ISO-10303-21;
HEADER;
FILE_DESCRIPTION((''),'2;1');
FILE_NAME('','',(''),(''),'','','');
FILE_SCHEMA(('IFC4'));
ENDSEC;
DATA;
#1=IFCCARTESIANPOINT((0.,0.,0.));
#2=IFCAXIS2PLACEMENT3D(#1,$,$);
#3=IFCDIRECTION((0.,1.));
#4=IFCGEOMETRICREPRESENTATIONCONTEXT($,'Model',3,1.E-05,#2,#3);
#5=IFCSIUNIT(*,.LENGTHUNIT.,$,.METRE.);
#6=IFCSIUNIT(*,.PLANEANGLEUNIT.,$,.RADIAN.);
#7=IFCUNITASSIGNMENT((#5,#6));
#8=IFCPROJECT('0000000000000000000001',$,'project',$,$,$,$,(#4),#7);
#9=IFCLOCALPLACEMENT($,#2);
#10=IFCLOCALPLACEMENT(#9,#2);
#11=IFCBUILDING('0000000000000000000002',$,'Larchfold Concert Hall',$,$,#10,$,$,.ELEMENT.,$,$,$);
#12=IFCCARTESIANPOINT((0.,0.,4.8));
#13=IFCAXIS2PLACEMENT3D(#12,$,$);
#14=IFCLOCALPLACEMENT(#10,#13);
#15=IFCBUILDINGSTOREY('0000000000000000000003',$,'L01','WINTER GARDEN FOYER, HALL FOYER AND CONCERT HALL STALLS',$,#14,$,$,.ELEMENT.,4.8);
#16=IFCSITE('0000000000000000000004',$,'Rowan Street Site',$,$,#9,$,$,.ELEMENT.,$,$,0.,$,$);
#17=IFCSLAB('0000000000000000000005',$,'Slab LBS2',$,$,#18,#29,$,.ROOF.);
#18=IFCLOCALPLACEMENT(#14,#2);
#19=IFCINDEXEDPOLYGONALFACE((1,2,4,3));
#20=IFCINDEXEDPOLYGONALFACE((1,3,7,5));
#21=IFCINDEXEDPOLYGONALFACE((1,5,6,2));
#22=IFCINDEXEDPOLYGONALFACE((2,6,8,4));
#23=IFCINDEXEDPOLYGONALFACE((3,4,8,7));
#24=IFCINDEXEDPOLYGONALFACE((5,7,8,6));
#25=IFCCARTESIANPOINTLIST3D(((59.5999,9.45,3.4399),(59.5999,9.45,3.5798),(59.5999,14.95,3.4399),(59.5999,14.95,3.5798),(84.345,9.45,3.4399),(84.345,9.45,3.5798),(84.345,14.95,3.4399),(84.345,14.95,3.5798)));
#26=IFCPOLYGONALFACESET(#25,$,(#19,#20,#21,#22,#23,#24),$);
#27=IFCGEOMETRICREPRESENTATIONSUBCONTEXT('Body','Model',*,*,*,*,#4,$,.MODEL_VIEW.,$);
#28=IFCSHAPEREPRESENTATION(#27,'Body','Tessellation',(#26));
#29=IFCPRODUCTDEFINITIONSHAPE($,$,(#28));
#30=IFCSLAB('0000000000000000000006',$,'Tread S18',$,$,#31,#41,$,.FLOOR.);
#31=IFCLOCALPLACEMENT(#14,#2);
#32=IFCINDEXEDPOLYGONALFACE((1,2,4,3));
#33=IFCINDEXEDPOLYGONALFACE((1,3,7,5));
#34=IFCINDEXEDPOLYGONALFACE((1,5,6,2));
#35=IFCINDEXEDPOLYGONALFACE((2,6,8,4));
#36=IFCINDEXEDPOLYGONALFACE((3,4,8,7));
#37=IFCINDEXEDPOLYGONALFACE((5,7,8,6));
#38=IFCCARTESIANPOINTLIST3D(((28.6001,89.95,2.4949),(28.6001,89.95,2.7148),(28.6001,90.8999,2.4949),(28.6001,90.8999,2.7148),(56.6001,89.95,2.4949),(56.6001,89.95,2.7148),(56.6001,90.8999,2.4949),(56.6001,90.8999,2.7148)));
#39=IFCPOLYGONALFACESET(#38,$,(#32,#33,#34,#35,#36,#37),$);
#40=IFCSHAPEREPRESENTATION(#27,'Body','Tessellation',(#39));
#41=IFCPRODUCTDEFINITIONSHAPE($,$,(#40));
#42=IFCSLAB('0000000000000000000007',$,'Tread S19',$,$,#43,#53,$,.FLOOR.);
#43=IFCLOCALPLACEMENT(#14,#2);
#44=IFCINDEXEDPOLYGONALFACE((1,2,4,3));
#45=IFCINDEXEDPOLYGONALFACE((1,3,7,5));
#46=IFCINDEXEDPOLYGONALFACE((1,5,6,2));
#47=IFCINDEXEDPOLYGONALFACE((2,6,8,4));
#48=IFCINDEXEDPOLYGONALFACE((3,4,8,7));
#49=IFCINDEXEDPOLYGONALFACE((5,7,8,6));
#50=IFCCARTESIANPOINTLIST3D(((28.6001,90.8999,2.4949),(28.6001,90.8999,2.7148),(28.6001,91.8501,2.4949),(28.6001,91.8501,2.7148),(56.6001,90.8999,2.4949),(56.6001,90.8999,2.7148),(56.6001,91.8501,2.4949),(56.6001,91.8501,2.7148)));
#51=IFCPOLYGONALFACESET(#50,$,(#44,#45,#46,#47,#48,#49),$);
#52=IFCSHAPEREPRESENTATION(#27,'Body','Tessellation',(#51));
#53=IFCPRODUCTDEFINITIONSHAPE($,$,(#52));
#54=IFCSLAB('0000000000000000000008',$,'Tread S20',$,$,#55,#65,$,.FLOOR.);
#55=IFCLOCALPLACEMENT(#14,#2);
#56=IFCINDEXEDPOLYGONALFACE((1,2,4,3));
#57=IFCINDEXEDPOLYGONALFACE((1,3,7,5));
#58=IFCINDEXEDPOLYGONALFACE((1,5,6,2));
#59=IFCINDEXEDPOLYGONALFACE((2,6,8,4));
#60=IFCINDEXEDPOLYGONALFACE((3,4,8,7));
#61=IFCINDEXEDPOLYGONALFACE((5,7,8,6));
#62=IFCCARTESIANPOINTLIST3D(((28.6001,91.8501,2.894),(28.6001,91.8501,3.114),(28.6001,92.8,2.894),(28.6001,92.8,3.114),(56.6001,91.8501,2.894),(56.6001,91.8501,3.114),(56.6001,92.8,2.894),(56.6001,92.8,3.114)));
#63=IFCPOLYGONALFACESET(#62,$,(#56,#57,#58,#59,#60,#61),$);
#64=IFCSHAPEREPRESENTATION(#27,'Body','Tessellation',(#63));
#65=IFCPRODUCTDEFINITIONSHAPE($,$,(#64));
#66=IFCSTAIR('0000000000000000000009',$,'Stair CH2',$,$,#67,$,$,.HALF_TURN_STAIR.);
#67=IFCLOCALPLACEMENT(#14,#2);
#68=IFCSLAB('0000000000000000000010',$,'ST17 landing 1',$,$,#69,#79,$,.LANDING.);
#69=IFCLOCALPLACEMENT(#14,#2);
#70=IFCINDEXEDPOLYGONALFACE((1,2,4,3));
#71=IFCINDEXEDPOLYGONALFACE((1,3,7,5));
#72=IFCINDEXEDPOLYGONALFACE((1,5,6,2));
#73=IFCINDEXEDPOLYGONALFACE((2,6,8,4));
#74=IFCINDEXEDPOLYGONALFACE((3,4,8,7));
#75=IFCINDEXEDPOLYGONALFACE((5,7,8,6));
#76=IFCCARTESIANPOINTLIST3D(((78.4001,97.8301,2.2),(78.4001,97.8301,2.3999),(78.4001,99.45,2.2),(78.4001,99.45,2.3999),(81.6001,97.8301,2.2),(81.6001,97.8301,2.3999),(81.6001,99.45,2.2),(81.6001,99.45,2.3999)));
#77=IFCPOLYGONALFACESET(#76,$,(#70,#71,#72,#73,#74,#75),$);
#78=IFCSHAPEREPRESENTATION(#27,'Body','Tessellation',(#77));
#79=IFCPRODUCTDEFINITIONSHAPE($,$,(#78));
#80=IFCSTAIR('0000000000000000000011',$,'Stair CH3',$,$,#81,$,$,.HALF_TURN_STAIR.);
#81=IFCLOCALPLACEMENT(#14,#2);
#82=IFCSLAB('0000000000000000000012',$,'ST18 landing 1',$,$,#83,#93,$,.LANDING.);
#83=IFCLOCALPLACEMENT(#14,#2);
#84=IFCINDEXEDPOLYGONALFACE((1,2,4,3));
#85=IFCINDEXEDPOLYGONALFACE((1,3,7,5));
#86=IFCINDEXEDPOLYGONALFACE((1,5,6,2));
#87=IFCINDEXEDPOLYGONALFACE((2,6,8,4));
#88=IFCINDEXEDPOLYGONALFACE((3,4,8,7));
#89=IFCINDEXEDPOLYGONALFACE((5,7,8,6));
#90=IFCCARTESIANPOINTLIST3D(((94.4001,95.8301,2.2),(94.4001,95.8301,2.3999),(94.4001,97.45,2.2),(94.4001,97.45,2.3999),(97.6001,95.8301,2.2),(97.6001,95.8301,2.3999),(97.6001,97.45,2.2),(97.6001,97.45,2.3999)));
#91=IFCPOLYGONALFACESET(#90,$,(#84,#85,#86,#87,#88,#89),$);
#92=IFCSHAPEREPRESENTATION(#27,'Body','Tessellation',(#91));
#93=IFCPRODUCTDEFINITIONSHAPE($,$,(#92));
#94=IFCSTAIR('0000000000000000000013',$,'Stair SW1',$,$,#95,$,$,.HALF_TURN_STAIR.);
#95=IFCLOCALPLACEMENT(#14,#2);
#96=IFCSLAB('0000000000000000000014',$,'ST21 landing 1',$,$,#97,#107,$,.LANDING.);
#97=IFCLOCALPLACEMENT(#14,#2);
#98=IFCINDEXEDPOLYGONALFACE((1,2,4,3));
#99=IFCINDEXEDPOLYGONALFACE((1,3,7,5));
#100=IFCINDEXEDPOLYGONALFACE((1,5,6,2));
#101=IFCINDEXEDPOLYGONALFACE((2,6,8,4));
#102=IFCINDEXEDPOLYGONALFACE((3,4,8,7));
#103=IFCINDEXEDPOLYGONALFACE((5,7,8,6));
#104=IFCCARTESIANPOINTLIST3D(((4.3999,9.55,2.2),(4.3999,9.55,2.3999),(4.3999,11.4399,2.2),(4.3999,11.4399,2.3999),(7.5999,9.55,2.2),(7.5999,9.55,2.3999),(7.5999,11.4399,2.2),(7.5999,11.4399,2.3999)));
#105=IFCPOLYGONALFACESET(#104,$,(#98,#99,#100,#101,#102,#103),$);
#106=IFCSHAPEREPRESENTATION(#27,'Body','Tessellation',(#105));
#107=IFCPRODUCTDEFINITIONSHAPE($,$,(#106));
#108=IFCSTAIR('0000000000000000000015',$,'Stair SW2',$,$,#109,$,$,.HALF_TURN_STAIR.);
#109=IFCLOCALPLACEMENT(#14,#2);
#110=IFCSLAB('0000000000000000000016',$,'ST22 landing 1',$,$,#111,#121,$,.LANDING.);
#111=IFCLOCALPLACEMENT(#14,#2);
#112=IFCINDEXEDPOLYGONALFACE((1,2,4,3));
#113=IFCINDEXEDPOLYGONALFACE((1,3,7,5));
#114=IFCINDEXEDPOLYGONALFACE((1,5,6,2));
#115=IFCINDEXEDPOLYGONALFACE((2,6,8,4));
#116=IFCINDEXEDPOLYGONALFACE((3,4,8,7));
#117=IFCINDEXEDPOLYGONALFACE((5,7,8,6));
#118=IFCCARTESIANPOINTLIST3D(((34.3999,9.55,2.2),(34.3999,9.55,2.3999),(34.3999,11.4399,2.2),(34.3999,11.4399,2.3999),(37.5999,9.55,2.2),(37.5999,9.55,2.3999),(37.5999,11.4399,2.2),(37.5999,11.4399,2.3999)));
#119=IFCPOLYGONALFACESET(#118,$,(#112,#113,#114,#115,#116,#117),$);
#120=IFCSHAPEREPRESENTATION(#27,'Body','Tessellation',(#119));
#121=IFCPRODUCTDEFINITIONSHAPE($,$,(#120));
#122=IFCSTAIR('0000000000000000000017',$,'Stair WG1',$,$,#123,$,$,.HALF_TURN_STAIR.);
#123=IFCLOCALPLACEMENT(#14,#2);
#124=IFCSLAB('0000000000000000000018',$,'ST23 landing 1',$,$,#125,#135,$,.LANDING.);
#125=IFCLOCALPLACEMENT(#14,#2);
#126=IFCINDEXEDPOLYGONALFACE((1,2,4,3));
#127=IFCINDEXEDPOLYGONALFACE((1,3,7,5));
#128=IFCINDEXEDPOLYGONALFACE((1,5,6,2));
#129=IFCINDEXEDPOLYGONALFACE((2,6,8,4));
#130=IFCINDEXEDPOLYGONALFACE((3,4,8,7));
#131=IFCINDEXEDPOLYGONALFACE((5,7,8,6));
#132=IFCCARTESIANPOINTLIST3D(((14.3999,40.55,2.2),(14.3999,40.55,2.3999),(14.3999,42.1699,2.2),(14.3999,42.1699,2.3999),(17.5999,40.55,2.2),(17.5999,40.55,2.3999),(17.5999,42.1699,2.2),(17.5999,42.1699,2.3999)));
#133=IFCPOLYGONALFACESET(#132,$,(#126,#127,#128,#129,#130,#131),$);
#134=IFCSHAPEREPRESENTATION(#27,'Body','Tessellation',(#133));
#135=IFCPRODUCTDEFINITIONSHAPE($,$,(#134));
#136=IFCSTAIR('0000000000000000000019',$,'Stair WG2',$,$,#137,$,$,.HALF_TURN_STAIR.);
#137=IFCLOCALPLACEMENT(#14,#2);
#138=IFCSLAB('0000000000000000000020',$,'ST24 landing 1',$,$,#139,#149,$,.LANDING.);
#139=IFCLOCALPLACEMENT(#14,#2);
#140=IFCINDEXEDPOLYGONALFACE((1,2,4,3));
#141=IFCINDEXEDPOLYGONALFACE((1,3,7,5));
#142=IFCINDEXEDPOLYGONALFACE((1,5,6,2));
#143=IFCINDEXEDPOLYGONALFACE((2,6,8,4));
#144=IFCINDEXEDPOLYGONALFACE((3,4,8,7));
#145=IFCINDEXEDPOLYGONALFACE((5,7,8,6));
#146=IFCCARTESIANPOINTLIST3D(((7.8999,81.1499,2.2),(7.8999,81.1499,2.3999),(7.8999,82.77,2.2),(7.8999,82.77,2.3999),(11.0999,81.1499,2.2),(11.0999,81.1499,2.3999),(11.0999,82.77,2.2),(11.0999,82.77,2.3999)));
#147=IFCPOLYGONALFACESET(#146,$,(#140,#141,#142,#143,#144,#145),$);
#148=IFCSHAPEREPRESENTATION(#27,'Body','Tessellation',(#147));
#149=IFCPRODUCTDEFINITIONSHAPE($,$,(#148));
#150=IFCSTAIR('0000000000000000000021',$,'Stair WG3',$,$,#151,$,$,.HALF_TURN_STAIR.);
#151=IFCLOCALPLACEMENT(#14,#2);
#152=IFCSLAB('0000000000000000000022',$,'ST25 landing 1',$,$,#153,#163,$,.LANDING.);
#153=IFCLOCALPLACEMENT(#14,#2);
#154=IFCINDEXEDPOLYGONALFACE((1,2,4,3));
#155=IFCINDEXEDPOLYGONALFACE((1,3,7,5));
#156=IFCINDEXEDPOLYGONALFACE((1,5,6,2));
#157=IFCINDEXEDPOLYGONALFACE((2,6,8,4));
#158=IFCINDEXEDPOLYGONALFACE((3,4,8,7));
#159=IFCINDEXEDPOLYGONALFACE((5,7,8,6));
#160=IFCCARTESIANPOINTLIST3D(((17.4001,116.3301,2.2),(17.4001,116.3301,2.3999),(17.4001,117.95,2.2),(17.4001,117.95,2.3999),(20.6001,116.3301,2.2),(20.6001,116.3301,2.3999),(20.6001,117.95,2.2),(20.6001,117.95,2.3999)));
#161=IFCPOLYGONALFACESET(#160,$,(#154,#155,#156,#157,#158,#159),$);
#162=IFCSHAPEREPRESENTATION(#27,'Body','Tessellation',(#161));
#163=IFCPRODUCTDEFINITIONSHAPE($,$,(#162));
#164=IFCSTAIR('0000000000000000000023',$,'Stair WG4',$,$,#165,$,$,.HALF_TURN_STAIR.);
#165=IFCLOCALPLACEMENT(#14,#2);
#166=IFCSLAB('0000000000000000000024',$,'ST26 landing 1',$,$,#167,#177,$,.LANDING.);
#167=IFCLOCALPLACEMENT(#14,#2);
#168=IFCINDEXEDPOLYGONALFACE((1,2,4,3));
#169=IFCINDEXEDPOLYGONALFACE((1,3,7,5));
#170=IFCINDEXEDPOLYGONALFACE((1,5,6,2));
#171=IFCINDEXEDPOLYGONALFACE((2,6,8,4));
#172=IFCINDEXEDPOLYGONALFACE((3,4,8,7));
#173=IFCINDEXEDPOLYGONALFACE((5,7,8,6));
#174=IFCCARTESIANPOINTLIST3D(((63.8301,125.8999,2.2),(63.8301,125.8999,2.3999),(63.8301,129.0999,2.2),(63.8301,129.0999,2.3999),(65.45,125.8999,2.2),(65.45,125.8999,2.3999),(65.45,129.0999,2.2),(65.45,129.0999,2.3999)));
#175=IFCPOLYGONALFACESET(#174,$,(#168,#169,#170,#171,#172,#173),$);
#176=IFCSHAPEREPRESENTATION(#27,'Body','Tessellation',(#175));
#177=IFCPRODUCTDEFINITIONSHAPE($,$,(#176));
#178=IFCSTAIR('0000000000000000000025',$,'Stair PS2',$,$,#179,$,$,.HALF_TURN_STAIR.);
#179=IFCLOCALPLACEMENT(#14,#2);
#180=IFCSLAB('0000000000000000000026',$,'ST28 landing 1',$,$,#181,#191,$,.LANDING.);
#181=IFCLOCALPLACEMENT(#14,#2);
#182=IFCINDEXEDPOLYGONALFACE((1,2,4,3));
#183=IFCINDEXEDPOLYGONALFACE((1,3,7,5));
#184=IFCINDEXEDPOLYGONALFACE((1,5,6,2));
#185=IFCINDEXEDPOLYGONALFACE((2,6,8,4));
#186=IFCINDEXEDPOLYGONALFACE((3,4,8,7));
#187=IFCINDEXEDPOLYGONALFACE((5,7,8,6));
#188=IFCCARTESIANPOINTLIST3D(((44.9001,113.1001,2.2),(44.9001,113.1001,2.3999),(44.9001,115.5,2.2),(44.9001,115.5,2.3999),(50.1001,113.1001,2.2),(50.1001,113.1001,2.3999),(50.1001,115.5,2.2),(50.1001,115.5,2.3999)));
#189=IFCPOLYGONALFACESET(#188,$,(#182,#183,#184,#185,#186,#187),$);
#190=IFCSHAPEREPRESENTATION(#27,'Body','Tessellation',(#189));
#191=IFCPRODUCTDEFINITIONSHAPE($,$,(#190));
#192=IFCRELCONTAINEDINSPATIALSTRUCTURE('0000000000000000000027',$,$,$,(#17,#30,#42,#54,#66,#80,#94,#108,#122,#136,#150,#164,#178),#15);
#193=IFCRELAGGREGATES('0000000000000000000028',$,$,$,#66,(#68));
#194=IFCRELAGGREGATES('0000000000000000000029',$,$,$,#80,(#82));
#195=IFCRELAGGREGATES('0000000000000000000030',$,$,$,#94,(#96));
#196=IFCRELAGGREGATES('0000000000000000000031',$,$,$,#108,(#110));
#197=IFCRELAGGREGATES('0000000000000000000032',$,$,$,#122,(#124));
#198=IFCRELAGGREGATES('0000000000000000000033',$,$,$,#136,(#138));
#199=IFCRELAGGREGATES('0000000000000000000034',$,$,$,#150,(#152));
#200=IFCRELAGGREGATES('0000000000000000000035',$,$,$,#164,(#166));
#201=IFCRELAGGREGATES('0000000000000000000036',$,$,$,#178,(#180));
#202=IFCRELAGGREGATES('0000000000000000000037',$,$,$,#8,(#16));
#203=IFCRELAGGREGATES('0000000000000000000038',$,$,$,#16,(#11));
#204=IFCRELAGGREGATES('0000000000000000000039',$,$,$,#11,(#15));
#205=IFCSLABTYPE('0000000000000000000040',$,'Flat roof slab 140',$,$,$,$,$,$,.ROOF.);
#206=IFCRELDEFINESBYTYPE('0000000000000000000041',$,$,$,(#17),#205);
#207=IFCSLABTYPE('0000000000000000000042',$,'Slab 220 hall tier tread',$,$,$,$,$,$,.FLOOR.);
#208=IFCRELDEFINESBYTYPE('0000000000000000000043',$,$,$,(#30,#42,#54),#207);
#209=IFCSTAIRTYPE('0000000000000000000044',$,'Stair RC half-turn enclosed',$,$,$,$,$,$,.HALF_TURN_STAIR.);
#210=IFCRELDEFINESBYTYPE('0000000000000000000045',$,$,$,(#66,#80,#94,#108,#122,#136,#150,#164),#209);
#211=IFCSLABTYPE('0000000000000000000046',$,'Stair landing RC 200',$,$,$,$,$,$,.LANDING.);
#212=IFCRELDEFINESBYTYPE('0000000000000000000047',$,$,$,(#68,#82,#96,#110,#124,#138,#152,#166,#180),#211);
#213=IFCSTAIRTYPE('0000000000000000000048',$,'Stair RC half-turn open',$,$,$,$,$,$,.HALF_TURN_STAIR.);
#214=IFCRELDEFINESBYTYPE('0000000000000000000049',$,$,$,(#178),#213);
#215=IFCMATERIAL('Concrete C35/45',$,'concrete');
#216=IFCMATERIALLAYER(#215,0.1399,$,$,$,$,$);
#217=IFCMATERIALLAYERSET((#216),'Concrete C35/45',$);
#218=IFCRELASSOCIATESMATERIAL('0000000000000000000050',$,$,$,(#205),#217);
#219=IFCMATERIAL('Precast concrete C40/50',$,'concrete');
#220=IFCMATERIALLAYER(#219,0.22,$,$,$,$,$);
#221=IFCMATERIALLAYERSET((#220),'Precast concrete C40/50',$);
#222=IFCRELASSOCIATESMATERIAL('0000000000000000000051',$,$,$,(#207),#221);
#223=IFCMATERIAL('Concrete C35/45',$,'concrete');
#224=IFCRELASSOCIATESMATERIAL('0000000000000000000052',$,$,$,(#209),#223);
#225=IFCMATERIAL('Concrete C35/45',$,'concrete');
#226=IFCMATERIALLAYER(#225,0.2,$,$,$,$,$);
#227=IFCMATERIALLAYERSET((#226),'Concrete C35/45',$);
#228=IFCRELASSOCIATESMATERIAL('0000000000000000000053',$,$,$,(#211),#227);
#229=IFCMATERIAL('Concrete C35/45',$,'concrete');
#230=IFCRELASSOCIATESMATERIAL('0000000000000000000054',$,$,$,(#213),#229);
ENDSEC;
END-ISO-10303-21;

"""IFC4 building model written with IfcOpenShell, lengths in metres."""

from ifc_helpers import new_model, si_unit, direction, frame, origin, place, context, subcontext, project, spatial, polyline, outline, extrude, material, layer, layer_set, type_object, element, aggregate, save


model = new_model("IFC4")

# Units and contexts
model_context = context("Model", 3, precision=1e-05, world=origin(), true_north=direction((0.0, 1.0)))
body_context = subcontext(model_context, "Body", "Model", "MODEL_VIEW")
ifc_project = project(units=[si_unit("LENGTHUNIT", "METRE"), si_unit("PLANEANGLEUNIT", "RADIAN")], contexts=[model_context])

# Site, building, storey
site_placement = place(None, origin())
site = spatial("IfcSite", under=ifc_project, at=site_placement, Name="Rowan Street Site", CompositionType="ELEMENT", RefElevation=0.0)
building_placement = place(site_placement, origin())
building = spatial("IfcBuilding", under=site, at=building_placement, Name="Larchfold Concert Hall", CompositionType="ELEMENT")
storey_placement = place(building_placement, frame((0.0, 0.0, 4.8)))
storey = spatial("IfcBuildingStorey", under=building, at=storey_placement, Name="L01", Description="WINTER GARDEN FOYER, HALL FOYER AND CONCERT HALL STALLS", CompositionType="ELEMENT", Elevation=4.8)

# Slabs
ifc_material_1 = material(Name="Concrete C35/45", Category="concrete")
ifc_layer_1 = layer(ifc_material_1, 0.1399)
ifc_layer_set_1 = layer_set([ifc_layer_1], Name="Concrete C35/45")
slab_type_1 = type_object("IfcSlabType", Name="Flat roof slab 140", PredefinedType="ROOF", material=ifc_layer_set_1)
slab_1_placement = place(storey_placement, frame((0.0, 0.0, 3.4399)))
element("IfcSlab", 1, at=slab_1_placement, inside=storey, type_object=slab_type_1, Name="Slab LBS2", PredefinedType="ROOF", context=body_context, shape_type="SweptSolid", body=[
    extrude(outline(polyline([(84.345, 9.45), (84.345, 14.95), (59.5999, 14.95), (59.5999, 9.45), (84.345, 9.45)])), origin(), (0.0, 0.0, 1.0), 0.1399),
])
ifc_material_2 = material(Name="Precast concrete C40/50", Category="concrete")
ifc_layer_2 = layer(ifc_material_2, 0.22)
ifc_layer_set_2 = layer_set([ifc_layer_2], Name="Precast concrete C40/50")
slab_type_2 = type_object("IfcSlabType", Name="Slab 220 hall tier tread", PredefinedType="FLOOR", material=ifc_layer_set_2)
slab_2_placement = place(storey_placement, frame((0.0, 0.0, 2.4949)))
element("IfcSlab", 2, at=slab_2_placement, inside=storey, type_object=slab_type_2, Name="Tread S18", PredefinedType="FLOOR", context=body_context, shape_type="SweptSolid", body=[
    extrude(outline(polyline([(56.6001, 90.8999), (28.6001, 90.8999), (28.6001, 89.95), (56.6001, 89.95), (56.6001, 90.8999)])), origin(), (0.0, 0.0, 1.0), 0.22),
])
slab_3_placement = place(storey_placement, frame((0.0, 0.0, 2.4949)))
element("IfcSlab", 3, at=slab_3_placement, inside=storey, type_object=slab_type_2, Name="Tread S19", PredefinedType="FLOOR", context=body_context, shape_type="SweptSolid", body=[
    extrude(outline(polyline([(56.6001, 91.8501), (28.6001, 91.8501), (28.6001, 90.8999), (56.6001, 90.8999), (56.6001, 91.8501)])), origin(), (0.0, 0.0, 1.0), 0.22),
])
slab_4_placement = place(storey_placement, frame((0.0, 0.0, 2.894)))
element("IfcSlab", 4, at=slab_4_placement, inside=storey, type_object=slab_type_2, Name="Tread S20", PredefinedType="FLOOR", context=body_context, shape_type="SweptSolid", body=[
    extrude(outline(polyline([(56.6001, 92.8), (28.6001, 92.8), (28.6001, 91.8501), (56.6001, 91.8501), (56.6001, 92.8)])), origin(), (0.0, 0.0, 1.0), 0.22),
])

# Stairs, slabs
ifc_material_3 = material(Name="Concrete C35/45", Category="concrete")
stair_type_1 = type_object("IfcStairType", Name="Stair RC half-turn enclosed", PredefinedType="HALF_TURN_STAIR", material=ifc_material_3)
stair_1_placement = place(storey_placement, origin())
stair_1 = element("IfcStair", 5, at=stair_1_placement, inside=storey, type_object=stair_type_1, Name="Stair CH2", PredefinedType="HALF_TURN_STAIR")
ifc_material_4 = material(Name="Concrete C35/45", Category="concrete")
ifc_layer_3 = layer(ifc_material_4, 0.2)
ifc_layer_set_3 = layer_set([ifc_layer_3], Name="Concrete C35/45")
slab_type_3 = type_object("IfcSlabType", Name="Stair landing RC 200", PredefinedType="LANDING", material=ifc_layer_set_3)
slab_5_placement = place(storey_placement, frame((0.0, 0.0, 2.2)))
slab_5 = element("IfcSlab", 6, at=slab_5_placement, type_object=slab_type_3, Name="ST17 landing 1", PredefinedType="LANDING", context=body_context, shape_type="SweptSolid", body=[
    extrude(outline(polyline([(81.6001, 97.8301), (81.6001, 99.45), (78.4001, 99.45), (78.4001, 97.8301), (81.6001, 97.8301)])), origin(), (0.0, 0.0, 1.0), 0.2),
])
aggregate(stair_1, [slab_5])
stair_2_placement = place(storey_placement, origin())
stair_2 = element("IfcStair", 7, at=stair_2_placement, inside=storey, type_object=stair_type_1, Name="Stair CH3", PredefinedType="HALF_TURN_STAIR")
slab_6_placement = place(storey_placement, frame((0.0, 0.0, 2.2)))
slab_6 = element("IfcSlab", 8, at=slab_6_placement, type_object=slab_type_3, Name="ST18 landing 1", PredefinedType="LANDING", context=body_context, shape_type="SweptSolid", body=[
    extrude(outline(polyline([(97.6001, 95.8301), (97.6001, 97.45), (94.4001, 97.45), (94.4001, 95.8301), (97.6001, 95.8301)])), origin(), (0.0, 0.0, 1.0), 0.2),
])
aggregate(stair_2, [slab_6])
stair_3_placement = place(storey_placement, origin())
stair_3 = element("IfcStair", 9, at=stair_3_placement, inside=storey, type_object=stair_type_1, Name="Stair SW1", PredefinedType="HALF_TURN_STAIR")
slab_7_placement = place(storey_placement, frame((0.0, 0.0, 2.2)))
slab_7 = element("IfcSlab", 10, at=slab_7_placement, type_object=slab_type_3, Name="ST21 landing 1", PredefinedType="LANDING", context=body_context, shape_type="SweptSolid", body=[
    extrude(outline(polyline([(4.3999, 11.4399), (4.3999, 9.55), (7.5999, 9.55), (7.5999, 11.4399), (4.3999, 11.4399)])), origin(), (0.0, 0.0, 1.0), 0.2),
])
aggregate(stair_3, [slab_7])
stair_4_placement = place(storey_placement, origin())
stair_4 = element("IfcStair", 11, at=stair_4_placement, inside=storey, type_object=stair_type_1, Name="Stair SW2", PredefinedType="HALF_TURN_STAIR")
slab_8_placement = place(storey_placement, frame((0.0, 0.0, 2.2)))
slab_8 = element("IfcSlab", 12, at=slab_8_placement, type_object=slab_type_3, Name="ST22 landing 1", PredefinedType="LANDING", context=body_context, shape_type="SweptSolid", body=[
    extrude(outline(polyline([(34.3999, 11.4399), (34.3999, 9.55), (37.5999, 9.55), (37.5999, 11.4399), (34.3999, 11.4399)])), origin(), (0.0, 0.0, 1.0), 0.2),
])
aggregate(stair_4, [slab_8])
stair_5_placement = place(storey_placement, origin())
stair_5 = element("IfcStair", 13, at=stair_5_placement, inside=storey, type_object=stair_type_1, Name="Stair WG1", PredefinedType="HALF_TURN_STAIR")
slab_9_placement = place(storey_placement, frame((0.0, 0.0, 2.2)))
slab_9 = element("IfcSlab", 14, at=slab_9_placement, type_object=slab_type_3, Name="ST23 landing 1", PredefinedType="LANDING", context=body_context, shape_type="SweptSolid", body=[
    extrude(outline(polyline([(14.3999, 42.1699), (14.3999, 40.55), (17.5999, 40.55), (17.5999, 42.1699), (14.3999, 42.1699)])), origin(), (0.0, 0.0, 1.0), 0.2),
])
aggregate(stair_5, [slab_9])
stair_6_placement = place(storey_placement, origin())
stair_6 = element("IfcStair", 15, at=stair_6_placement, inside=storey, type_object=stair_type_1, Name="Stair WG2", PredefinedType="HALF_TURN_STAIR")
slab_10_placement = place(storey_placement, frame((0.0, 0.0, 2.2)))
slab_10 = element("IfcSlab", 16, at=slab_10_placement, type_object=slab_type_3, Name="ST24 landing 1", PredefinedType="LANDING", context=body_context, shape_type="SweptSolid", body=[
    extrude(outline(polyline([(7.8999, 82.77), (7.8999, 81.1499), (11.0999, 81.1499), (11.0999, 82.77), (7.8999, 82.77)])), origin(), (0.0, 0.0, 1.0), 0.2),
])
aggregate(stair_6, [slab_10])
stair_7_placement = place(storey_placement, origin())
stair_7 = element("IfcStair", 17, at=stair_7_placement, inside=storey, type_object=stair_type_1, Name="Stair WG3", PredefinedType="HALF_TURN_STAIR")
slab_11_placement = place(storey_placement, frame((0.0, 0.0, 2.2)))
slab_11 = element("IfcSlab", 18, at=slab_11_placement, type_object=slab_type_3, Name="ST25 landing 1", PredefinedType="LANDING", context=body_context, shape_type="SweptSolid", body=[
    extrude(outline(polyline([(20.6001, 116.3301), (20.6001, 117.95), (17.4001, 117.95), (17.4001, 116.3301), (20.6001, 116.3301)])), origin(), (0.0, 0.0, 1.0), 0.2),
])
aggregate(stair_7, [slab_11])
stair_8_placement = place(storey_placement, origin())
stair_8 = element("IfcStair", 19, at=stair_8_placement, inside=storey, type_object=stair_type_1, Name="Stair WG4", PredefinedType="HALF_TURN_STAIR")
slab_12_placement = place(storey_placement, frame((0.0, 0.0, 2.2)))
slab_12 = element("IfcSlab", 20, at=slab_12_placement, type_object=slab_type_3, Name="ST26 landing 1", PredefinedType="LANDING", context=body_context, shape_type="SweptSolid", body=[
    extrude(outline(polyline([(63.8301, 125.8999), (65.45, 125.8999), (65.45, 129.0999), (63.8301, 129.0999), (63.8301, 125.8999)])), origin(), (0.0, 0.0, 1.0), 0.2),
])
aggregate(stair_8, [slab_12])
ifc_material_5 = material(Name="Concrete C35/45", Category="concrete")
stair_type_2 = type_object("IfcStairType", Name="Stair RC half-turn open", PredefinedType="HALF_TURN_STAIR", material=ifc_material_5)
stair_9_placement = place(storey_placement, origin())
stair_9 = element("IfcStair", 21, at=stair_9_placement, inside=storey, type_object=stair_type_2, Name="Stair PS2", PredefinedType="HALF_TURN_STAIR")
slab_13_placement = place(storey_placement, frame((0.0, 0.0, 2.2)))
slab_13 = element("IfcSlab", 22, at=slab_13_placement, type_object=slab_type_3, Name="ST28 landing 1", PredefinedType="LANDING", context=body_context, shape_type="SweptSolid", body=[
    extrude(outline(polyline([(50.1001, 113.1001), (50.1001, 115.5), (44.9001, 115.5), (44.9001, 113.1001), (50.1001, 113.1001)])), origin(), (0.0, 0.0, 1.0), 0.2),
])
aggregate(stair_9, [slab_13])

save(model, "model.ifc")
